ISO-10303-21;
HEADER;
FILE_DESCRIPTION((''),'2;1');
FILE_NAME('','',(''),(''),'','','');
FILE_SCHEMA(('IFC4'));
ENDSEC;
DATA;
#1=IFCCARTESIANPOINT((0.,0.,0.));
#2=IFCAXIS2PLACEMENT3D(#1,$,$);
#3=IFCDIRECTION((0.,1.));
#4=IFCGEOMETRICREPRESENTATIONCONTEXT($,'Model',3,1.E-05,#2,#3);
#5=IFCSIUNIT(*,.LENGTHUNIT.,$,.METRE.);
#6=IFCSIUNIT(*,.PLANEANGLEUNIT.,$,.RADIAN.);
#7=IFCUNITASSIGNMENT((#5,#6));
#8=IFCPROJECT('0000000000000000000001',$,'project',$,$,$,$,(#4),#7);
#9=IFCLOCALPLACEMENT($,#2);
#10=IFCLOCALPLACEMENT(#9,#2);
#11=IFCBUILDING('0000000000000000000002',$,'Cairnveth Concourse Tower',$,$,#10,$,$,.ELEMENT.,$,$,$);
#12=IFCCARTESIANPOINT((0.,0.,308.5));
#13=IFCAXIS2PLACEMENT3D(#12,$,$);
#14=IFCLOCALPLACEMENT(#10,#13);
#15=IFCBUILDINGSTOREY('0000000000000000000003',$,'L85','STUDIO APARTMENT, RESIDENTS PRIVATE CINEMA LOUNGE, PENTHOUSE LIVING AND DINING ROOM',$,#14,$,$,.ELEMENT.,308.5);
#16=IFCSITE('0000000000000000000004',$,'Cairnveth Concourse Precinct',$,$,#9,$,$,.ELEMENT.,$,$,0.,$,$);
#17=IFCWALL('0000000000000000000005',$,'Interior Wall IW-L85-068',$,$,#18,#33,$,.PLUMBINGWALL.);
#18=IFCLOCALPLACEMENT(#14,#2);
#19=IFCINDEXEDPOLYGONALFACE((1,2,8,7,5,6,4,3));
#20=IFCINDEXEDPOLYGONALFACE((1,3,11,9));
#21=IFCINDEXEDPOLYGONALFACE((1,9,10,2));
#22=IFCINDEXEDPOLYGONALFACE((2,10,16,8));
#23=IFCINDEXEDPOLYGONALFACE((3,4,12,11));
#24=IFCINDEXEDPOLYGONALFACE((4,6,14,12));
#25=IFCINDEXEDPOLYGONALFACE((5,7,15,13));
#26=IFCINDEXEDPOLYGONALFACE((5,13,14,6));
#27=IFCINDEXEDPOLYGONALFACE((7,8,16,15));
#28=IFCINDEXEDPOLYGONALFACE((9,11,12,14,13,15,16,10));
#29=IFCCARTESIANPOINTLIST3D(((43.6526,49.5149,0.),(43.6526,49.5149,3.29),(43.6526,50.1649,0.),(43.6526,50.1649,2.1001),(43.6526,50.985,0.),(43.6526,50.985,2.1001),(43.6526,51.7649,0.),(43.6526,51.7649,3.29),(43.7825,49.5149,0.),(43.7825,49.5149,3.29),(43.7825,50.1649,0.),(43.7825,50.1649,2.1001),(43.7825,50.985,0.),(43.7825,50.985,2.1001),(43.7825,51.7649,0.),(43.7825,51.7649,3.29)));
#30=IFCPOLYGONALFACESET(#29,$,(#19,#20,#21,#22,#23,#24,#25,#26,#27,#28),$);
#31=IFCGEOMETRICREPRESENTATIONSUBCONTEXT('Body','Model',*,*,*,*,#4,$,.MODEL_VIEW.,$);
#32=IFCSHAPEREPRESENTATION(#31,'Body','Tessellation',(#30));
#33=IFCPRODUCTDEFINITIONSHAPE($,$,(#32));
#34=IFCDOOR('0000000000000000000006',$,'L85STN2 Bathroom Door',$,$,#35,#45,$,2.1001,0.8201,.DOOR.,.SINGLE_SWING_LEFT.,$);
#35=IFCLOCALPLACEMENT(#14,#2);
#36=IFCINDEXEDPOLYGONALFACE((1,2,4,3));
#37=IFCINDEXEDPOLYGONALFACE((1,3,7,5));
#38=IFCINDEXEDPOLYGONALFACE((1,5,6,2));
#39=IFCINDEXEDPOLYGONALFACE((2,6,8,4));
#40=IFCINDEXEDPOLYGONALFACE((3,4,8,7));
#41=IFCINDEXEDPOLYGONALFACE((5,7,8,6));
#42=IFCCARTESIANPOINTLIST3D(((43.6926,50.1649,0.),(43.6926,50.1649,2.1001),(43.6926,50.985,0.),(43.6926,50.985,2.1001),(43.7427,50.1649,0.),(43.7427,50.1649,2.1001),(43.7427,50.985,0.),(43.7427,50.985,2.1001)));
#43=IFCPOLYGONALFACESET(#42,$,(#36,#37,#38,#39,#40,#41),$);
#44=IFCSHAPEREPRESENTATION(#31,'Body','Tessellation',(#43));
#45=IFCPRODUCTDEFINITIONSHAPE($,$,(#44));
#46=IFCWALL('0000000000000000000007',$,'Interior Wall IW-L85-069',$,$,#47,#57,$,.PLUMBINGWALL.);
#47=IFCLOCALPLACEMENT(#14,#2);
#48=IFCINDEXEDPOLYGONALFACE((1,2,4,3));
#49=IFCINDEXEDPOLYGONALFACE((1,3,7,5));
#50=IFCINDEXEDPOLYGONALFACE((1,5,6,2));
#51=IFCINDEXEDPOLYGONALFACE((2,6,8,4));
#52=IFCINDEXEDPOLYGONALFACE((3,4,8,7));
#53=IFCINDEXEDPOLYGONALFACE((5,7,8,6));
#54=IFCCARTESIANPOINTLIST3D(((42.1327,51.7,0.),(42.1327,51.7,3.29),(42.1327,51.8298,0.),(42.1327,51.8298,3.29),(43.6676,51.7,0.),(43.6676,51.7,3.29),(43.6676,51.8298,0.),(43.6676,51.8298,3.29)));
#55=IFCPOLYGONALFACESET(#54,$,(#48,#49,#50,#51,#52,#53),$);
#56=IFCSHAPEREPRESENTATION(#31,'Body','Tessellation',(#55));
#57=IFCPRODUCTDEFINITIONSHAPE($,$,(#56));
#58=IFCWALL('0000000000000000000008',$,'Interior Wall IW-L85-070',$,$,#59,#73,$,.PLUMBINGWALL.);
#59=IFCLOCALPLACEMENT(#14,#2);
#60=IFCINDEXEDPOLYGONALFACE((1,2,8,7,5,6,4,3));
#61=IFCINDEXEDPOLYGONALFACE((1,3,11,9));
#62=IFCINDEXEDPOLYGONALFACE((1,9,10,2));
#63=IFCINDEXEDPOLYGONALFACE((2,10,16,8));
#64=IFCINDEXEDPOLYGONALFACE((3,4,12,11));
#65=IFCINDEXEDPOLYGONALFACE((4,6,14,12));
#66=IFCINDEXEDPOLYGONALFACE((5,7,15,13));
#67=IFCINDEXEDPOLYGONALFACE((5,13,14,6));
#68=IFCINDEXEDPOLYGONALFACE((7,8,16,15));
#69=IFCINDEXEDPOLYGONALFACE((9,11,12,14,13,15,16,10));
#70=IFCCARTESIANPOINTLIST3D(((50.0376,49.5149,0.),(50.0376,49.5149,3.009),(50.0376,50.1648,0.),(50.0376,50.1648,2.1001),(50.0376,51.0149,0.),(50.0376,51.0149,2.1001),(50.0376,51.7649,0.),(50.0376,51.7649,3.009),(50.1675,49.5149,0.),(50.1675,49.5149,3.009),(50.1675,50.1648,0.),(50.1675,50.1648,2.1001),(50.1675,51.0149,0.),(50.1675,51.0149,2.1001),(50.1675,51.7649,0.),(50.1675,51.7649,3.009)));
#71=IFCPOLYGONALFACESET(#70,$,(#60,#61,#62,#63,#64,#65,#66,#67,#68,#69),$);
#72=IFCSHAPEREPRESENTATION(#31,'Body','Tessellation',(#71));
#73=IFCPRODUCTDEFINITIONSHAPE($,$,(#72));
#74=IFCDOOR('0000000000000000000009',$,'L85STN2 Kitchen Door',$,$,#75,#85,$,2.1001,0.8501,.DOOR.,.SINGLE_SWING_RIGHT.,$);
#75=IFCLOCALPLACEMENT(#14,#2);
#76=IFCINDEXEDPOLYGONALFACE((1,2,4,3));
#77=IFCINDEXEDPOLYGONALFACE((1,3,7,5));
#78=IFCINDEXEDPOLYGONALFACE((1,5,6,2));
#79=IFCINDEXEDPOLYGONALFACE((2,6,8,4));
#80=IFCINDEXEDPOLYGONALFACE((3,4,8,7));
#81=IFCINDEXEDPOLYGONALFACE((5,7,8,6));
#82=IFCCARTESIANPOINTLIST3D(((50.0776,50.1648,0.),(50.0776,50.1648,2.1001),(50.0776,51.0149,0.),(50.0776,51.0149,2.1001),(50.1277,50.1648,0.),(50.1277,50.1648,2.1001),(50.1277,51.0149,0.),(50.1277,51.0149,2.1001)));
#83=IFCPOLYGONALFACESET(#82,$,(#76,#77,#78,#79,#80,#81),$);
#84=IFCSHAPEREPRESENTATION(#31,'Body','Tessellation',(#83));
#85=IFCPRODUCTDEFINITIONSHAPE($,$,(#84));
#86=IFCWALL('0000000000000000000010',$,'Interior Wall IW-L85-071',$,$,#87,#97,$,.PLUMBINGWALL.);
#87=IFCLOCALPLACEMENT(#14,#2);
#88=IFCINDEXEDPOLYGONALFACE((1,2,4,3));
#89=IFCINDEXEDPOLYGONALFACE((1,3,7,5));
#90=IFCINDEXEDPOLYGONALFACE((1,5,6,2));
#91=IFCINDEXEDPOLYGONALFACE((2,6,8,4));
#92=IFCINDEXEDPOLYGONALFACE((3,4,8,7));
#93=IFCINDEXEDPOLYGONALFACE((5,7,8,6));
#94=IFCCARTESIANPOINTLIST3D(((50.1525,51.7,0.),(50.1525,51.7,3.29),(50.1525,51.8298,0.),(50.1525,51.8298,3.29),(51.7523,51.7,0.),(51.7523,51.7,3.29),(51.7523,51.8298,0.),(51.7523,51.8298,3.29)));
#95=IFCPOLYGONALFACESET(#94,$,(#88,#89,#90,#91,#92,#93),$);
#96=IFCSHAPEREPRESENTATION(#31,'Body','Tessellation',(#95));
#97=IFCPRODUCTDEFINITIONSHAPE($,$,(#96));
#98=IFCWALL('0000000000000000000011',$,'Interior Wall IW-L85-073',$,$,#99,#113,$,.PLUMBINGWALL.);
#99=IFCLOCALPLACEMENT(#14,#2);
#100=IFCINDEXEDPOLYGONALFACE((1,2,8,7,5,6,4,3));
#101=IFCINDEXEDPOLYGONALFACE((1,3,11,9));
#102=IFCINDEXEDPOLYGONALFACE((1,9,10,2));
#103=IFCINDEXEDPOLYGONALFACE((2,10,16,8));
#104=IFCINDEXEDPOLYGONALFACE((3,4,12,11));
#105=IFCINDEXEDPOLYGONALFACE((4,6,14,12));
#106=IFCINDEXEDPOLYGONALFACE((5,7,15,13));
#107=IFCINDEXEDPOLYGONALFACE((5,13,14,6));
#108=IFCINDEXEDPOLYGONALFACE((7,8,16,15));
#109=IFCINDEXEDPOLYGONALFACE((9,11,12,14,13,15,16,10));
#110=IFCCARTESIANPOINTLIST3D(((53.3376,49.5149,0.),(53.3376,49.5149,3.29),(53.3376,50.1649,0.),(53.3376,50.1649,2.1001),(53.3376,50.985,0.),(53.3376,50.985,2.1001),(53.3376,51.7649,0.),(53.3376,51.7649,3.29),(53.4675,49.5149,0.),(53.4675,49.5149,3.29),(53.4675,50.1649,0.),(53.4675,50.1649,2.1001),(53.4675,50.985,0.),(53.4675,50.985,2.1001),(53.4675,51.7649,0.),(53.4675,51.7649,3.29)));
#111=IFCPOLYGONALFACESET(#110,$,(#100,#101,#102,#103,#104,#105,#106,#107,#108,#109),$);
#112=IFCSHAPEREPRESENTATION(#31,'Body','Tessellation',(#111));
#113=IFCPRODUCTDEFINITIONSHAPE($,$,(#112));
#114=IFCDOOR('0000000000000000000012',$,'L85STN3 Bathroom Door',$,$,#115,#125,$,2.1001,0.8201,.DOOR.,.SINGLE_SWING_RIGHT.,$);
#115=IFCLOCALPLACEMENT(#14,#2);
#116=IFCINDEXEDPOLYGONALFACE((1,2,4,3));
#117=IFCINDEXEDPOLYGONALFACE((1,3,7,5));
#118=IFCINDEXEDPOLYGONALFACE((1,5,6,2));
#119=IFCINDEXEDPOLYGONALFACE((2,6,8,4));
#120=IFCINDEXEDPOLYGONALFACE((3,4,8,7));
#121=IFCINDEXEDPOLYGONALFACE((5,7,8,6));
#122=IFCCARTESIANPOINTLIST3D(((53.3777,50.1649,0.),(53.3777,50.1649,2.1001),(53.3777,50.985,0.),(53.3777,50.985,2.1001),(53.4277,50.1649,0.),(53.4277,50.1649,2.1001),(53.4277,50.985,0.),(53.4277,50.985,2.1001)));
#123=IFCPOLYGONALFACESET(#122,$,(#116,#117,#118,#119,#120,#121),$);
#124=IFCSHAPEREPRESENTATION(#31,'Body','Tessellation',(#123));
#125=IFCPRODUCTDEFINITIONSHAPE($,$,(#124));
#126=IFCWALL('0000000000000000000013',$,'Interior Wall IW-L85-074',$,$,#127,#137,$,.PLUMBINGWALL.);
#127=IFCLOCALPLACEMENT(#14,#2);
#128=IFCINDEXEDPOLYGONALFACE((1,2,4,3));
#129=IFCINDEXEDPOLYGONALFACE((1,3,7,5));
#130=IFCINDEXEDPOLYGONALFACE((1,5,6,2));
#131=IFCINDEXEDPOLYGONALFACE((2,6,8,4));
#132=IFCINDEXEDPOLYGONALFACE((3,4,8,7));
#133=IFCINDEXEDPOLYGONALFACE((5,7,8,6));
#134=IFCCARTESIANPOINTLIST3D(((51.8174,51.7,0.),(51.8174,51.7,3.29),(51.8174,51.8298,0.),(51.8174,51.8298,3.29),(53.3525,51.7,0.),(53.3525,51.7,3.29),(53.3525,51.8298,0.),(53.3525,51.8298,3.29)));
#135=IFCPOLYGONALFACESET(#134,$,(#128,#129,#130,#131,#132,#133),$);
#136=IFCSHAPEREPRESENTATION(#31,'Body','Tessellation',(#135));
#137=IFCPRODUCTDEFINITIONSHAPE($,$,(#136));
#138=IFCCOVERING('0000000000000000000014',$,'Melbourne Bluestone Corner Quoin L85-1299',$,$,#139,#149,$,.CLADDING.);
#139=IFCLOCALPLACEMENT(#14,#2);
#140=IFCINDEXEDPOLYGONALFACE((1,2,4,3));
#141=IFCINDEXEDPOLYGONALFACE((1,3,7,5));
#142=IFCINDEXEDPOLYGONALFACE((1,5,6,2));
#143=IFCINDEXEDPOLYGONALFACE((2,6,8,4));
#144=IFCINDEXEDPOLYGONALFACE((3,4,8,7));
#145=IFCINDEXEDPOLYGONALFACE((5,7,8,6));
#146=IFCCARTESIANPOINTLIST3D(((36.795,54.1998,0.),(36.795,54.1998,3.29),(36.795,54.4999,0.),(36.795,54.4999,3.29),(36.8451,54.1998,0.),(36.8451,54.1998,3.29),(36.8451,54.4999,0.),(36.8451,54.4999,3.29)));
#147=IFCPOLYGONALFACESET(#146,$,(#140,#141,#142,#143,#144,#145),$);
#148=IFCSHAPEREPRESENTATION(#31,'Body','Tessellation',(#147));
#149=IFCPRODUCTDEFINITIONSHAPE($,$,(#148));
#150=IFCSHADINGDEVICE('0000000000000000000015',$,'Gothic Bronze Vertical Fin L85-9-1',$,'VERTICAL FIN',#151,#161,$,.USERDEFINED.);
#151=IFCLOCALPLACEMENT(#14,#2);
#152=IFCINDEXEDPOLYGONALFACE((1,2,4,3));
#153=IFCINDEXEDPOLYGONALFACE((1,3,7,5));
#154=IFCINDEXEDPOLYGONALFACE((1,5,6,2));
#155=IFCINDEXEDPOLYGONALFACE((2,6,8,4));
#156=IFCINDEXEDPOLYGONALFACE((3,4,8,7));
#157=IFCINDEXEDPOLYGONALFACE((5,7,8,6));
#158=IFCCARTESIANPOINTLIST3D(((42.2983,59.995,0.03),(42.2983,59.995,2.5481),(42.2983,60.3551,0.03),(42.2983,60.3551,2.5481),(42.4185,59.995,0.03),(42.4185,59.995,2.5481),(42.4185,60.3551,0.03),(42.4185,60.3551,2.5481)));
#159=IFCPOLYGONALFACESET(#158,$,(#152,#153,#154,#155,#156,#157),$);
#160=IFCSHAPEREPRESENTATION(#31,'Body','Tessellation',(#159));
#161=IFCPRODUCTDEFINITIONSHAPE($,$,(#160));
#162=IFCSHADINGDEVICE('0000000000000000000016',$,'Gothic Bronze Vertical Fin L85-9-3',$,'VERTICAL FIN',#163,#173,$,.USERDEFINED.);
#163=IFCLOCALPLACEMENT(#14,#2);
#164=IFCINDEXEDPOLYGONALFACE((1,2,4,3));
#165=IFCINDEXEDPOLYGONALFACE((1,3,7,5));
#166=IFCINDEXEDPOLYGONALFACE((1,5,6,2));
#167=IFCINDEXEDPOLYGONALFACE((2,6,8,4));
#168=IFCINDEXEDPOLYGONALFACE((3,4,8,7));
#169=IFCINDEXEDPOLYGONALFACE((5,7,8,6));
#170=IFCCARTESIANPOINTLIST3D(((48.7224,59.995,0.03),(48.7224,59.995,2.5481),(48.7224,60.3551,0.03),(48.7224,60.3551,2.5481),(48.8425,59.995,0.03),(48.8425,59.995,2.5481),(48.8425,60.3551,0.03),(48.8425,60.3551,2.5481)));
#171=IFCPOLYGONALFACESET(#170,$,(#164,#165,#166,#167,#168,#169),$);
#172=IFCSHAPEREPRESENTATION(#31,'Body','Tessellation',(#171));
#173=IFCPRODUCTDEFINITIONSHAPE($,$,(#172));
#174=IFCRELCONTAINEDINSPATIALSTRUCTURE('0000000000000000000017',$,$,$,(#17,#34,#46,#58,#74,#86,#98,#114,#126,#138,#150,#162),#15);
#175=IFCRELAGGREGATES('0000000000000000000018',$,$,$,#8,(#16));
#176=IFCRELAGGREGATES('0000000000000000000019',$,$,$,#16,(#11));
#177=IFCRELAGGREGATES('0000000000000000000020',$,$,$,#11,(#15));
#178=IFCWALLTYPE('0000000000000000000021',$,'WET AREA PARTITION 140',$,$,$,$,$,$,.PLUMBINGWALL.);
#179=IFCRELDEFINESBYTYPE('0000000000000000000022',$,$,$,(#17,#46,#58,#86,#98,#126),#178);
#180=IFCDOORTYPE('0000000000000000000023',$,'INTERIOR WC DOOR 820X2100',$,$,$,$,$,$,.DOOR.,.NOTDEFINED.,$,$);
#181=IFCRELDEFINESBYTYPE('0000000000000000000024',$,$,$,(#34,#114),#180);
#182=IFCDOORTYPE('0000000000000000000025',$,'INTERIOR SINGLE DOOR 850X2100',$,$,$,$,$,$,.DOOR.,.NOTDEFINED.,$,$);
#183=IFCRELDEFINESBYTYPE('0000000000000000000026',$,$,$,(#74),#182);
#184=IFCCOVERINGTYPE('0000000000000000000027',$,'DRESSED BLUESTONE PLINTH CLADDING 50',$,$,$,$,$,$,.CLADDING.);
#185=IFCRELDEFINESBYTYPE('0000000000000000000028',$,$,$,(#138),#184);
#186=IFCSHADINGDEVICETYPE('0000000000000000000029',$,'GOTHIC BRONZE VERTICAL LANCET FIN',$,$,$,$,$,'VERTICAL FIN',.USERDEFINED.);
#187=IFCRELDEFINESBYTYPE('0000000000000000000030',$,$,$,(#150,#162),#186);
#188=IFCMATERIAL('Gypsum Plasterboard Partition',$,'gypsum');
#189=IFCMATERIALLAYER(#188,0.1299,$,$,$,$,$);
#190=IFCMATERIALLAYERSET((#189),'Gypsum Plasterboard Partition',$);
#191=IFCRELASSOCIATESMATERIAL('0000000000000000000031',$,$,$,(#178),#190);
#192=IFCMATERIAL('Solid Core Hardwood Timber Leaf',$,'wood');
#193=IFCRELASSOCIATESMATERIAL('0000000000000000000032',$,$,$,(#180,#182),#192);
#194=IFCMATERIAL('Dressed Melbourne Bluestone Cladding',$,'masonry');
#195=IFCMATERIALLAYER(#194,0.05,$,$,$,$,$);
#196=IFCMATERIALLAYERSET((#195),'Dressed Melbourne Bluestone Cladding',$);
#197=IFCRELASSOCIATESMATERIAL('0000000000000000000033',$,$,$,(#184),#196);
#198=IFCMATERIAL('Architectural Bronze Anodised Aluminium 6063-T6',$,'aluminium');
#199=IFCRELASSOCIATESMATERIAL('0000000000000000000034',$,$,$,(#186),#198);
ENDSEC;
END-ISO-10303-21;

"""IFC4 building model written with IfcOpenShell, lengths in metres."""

from ifc_helpers import new_model, si_unit, direction, frame, frame_2d, origin, origin_2d, place, context, subcontext, project, spatial, rectangle, extrude, material, layer, layer_set, type_object, element, fill, save


model = new_model("IFC4")

# Units and contexts
model_context = context("Model", 3, precision=1e-05, world=origin(), true_north=direction((0.0, 1.0)))
body_context = subcontext(model_context, "Body", "Model", "MODEL_VIEW")
ifc_project = project(units=[si_unit("LENGTHUNIT", "METRE"), si_unit("PLANEANGLEUNIT", "RADIAN")], contexts=[model_context])

# Site, building, storey
site_placement = place(None, origin())
site = spatial("IfcSite", under=ifc_project, at=site_placement, Name="Cairnveth Concourse Precinct", CompositionType="ELEMENT", RefElevation=0.0)
building_placement = place(site_placement, origin())
building = spatial("IfcBuilding", under=site, at=building_placement, Name="Cairnveth Concourse Tower", CompositionType="ELEMENT")
storey_placement = place(building_placement, frame((0.0, 0.0, 308.5)))
storey = spatial("IfcBuildingStorey", under=building, at=storey_placement, Name="L85", Description="STUDIO APARTMENT, RESIDENTS PRIVATE CINEMA LOUNGE, PENTHOUSE LIVING AND DINING ROOM", CompositionType="ELEMENT", Elevation=308.5)

# Shared definitions
ifc_material_1 = material(Name="Gypsum Plasterboard Partition", Category="gypsum")
ifc_layer_1 = layer(ifc_material_1, 0.1299)
ifc_layer_set_1 = layer_set([ifc_layer_1], Name="Gypsum Plasterboard Partition")
wall_type_1 = type_object("IfcWallType", Name="WET AREA PARTITION 140", PredefinedType="PLUMBINGWALL", material=ifc_layer_set_1)

# Wall, opening, door
wall_1_placement = place(storey_placement, frame((43.7175, 49.5149, 0.0), z_axis=(0.0, 0.0, 1.0), x_axis=(0.0, 1.0, 0.0)))
wall_1 = element("IfcWall", 1, at=wall_1_placement, inside=storey, type_object=wall_type_1, Name="Interior Wall IW-L85-068", PredefinedType="PLUMBINGWALL", context=body_context, shape_type="SweptSolid", body=[
    extrude(rectangle(XDim=2.25, YDim=0.1299, at=frame_2d((1.125, 0.0))), origin(), (0.0, 0.0, 1.0), 3.29),
])
opening_1_placement = place(wall_1_placement, frame((0.6499, 0.0, 0.0)))
opening_1 = element("IfcOpeningElement", 2, at=opening_1_placement, cuts=wall_1, PredefinedType="OPENING", context=body_context, shape_type="SweptSolid", body=[
    extrude(rectangle(XDim=0.8201, YDim=2.1001, at=frame_2d((0.4102, 1.05))), frame((0.0, 0.075, 0.0), z_axis=(0.0, -1.0, 0.0), x_axis=(1.0, 0.0, 0.0)), (0.0, 0.0, 1.0), 0.1499),
])
ifc_material_2 = material(Name="Solid Core Hardwood Timber Leaf", Category="wood")
door_type_1 = type_object("IfcDoorType", Name="INTERIOR WC DOOR 820X2100", OperationType="NOTDEFINED", PredefinedType="DOOR", material=ifc_material_2)
door_1_placement = place(opening_1_placement, origin())
door_1 = element("IfcDoor", 3, at=door_1_placement, inside=storey, type_object=door_type_1, Name="L85STN2 Bathroom Door", OperationType="SINGLE_SWING_LEFT", OverallHeight=2.1001, OverallWidth=0.8201, PredefinedType="DOOR", context=body_context, shape_type="SweptSolid", body=[
    extrude(rectangle(XDim=0.8201, YDim=2.1001, at=frame_2d((0.4102, 1.05))), frame((0.0, 0.0249, 0.0), z_axis=(0.0, -1.0, 0.0), x_axis=(1.0, 0.0, 0.0)), (0.0, 0.0, 1.0), 0.05),
])
fill(opening_1, door_1)

# Wall
wall_2_placement = place(storey_placement, frame((42.1326, 51.7649, 0.0), z_axis=(0.0, 0.0, 1.0), x_axis=(1.0, 0.0, 0.0)))
element("IfcWall", 4, at=wall_2_placement, inside=storey, type_object=wall_type_1, Name="Interior Wall IW-L85-069", PredefinedType="PLUMBINGWALL", context=body_context, shape_type="SweptSolid", body=[
    extrude(rectangle(XDim=1.5349, YDim=0.1299, at=frame_2d((0.7676, 0.0))), origin(), (0.0, 0.0, 1.0), 3.29),
])

# Wall, opening, door
wall_3_placement = place(storey_placement, frame((50.1025, 49.5149, 0.0), z_axis=(0.0, 0.0, 1.0), x_axis=(0.0, 1.0, 0.0)))
wall_3 = element("IfcWall", 5, at=wall_3_placement, inside=storey, type_object=wall_type_1, Name="Interior Wall IW-L85-070", PredefinedType="PLUMBINGWALL", context=body_context, shape_type="SweptSolid", body=[
    extrude(rectangle(XDim=2.25, YDim=0.1299, at=frame_2d((1.125, 0.0))), origin(), (0.0, 0.0, 1.0), 3.009),
])
opening_2_placement = place(wall_3_placement, frame((0.6499, 0.0, 0.0)))
opening_2 = element("IfcOpeningElement", 6, at=opening_2_placement, cuts=wall_3, PredefinedType="OPENING", context=body_context, shape_type="SweptSolid", body=[
    extrude(rectangle(XDim=0.8501, YDim=2.1001, at=frame_2d((0.425, 1.05))), frame((0.0, 0.075, 0.0), z_axis=(0.0, -1.0, 0.0), x_axis=(1.0, 0.0, 0.0)), (0.0, 0.0, 1.0), 0.1499),
])
door_type_2 = type_object("IfcDoorType", Name="INTERIOR SINGLE DOOR 850X2100", OperationType="NOTDEFINED", PredefinedType="DOOR", material=ifc_material_2)
door_2_placement = place(opening_2_placement, origin())
door_2 = element("IfcDoor", 7, at=door_2_placement, inside=storey, type_object=door_type_2, Name="L85STN2 Kitchen Door", OperationType="SINGLE_SWING_RIGHT", OverallHeight=2.1001, OverallWidth=0.8501, PredefinedType="DOOR", context=body_context, shape_type="SweptSolid", body=[
    extrude(rectangle(XDim=0.8501, YDim=2.1001, at=frame_2d((0.425, 1.05))), frame((0.0, 0.0249, 0.0), z_axis=(0.0, -1.0, 0.0), x_axis=(1.0, 0.0, 0.0)), (0.0, 0.0, 1.0), 0.05),
])
fill(opening_2, door_2)

# Wall
wall_4_placement = place(storey_placement, frame((50.1526, 51.7649, 0.0), z_axis=(0.0, 0.0, 1.0), x_axis=(1.0, 0.0, 0.0)))
element("IfcWall", 8, at=wall_4_placement, inside=storey, type_object=wall_type_1, Name="Interior Wall IW-L85-071", PredefinedType="PLUMBINGWALL", context=body_context, shape_type="SweptSolid", body=[
    extrude(rectangle(XDim=1.5999, YDim=0.1299, at=frame_2d((0.7998, 0.0))), origin(), (0.0, 0.0, 1.0), 3.29),
])

# Wall, opening, door
wall_5_placement = place(storey_placement, frame((53.4026, 49.5149, 0.0), z_axis=(0.0, 0.0, 1.0), x_axis=(0.0, 1.0, 0.0)))
wall_5 = element("IfcWall", 9, at=wall_5_placement, inside=storey, type_object=wall_type_1, Name="Interior Wall IW-L85-073", PredefinedType="PLUMBINGWALL", context=body_context, shape_type="SweptSolid", body=[
    extrude(rectangle(XDim=2.25, YDim=0.1299, at=frame_2d((1.125, 0.0))), origin(), (0.0, 0.0, 1.0), 3.29),
])
opening_3_placement = place(wall_5_placement, frame((0.6499, 0.0, 0.0)))
opening_3 = element("IfcOpeningElement", 10, at=opening_3_placement, cuts=wall_5, PredefinedType="OPENING", context=body_context, shape_type="SweptSolid", body=[
    extrude(rectangle(XDim=0.8201, YDim=2.1001, at=frame_2d((0.4102, 1.05))), frame((0.0, 0.075, 0.0), z_axis=(0.0, -1.0, 0.0), x_axis=(1.0, 0.0, 0.0)), (0.0, 0.0, 1.0), 0.1499),
])
door_3_placement = place(opening_3_placement, origin())
door_3 = element("IfcDoor", 11, at=door_3_placement, inside=storey, type_object=door_type_1, Name="L85STN3 Bathroom Door", OperationType="SINGLE_SWING_RIGHT", OverallHeight=2.1001, OverallWidth=0.8201, PredefinedType="DOOR", context=body_context, shape_type="SweptSolid", body=[
    extrude(rectangle(XDim=0.8201, YDim=2.1001, at=frame_2d((0.4102, 1.05))), frame((0.0, 0.0249, 0.0), z_axis=(0.0, -1.0, 0.0), x_axis=(1.0, 0.0, 0.0)), (0.0, 0.0, 1.0), 0.05),
])
fill(opening_3, door_3)

# Wall
wall_6_placement = place(storey_placement, frame((51.8174, 51.7649, 0.0), z_axis=(0.0, 0.0, 1.0), x_axis=(1.0, 0.0, 0.0)))
element("IfcWall", 12, at=wall_6_placement, inside=storey, type_object=wall_type_1, Name="Interior Wall IW-L85-074", PredefinedType="PLUMBINGWALL", context=body_context, shape_type="SweptSolid", body=[
    extrude(rectangle(XDim=1.5352, YDim=0.1299, at=frame_2d((0.7676, 0.0))), origin(), (0.0, 0.0, 1.0), 3.29),
])

# Covering
ifc_material_3 = material(Name="Dressed Melbourne Bluestone Cladding", Category="masonry")
ifc_layer_2 = layer(ifc_material_3, 0.05)
ifc_layer_set_2 = layer_set([ifc_layer_2], Name="Dressed Melbourne Bluestone Cladding")
covering_type = type_object("IfcCoveringType", Name="DRESSED BLUESTONE PLINTH CLADDING 50", PredefinedType="CLADDING", material=ifc_layer_set_2)
covering_placement = place(storey_placement, frame((36.8201, 54.2, 0.0), z_axis=(0.0, 0.0, 1.0), x_axis=(0.0, 1.0, 0.0)))
element("IfcCovering", 13, at=covering_placement, inside=storey, type_object=covering_type, Name="Melbourne Bluestone Corner Quoin L85-1299", PredefinedType="CLADDING", context=body_context, shape_type="SweptSolid", body=[
    extrude(rectangle(XDim=0.3, YDim=0.05, at=frame_2d((0.1499, 0.0))), origin(), (0.0, 0.0, 1.0), 3.29),
])

# Shading devices
ifc_material_4 = material(Name="Architectural Bronze Anodised Aluminium 6063-T6", Category="aluminium")
shading_device_type = type_object("IfcShadingDeviceType", Name="GOTHIC BRONZE VERTICAL LANCET FIN", ElementType="VERTICAL FIN", PredefinedType="USERDEFINED", material=ifc_material_4)
for number, where, z_axis, x_axis, name in (
    (14, (42.3584, 60.175, 0.03), (0.0, 0.0, 1.0), (1.0, 0.0, 0.0), "Gothic Bronze Vertical Fin L85-9-1"),
    (15, (48.7825, 60.175, 0.03), (0.0, 0.0, 1.0), (1.0, 0.0, 0.0), "Gothic Bronze Vertical Fin L85-9-3"),
):
    element("IfcShadingDevice", number, at=place(storey_placement, frame(where, z_axis=z_axis, x_axis=x_axis)), inside=storey, type_object=shading_device_type, Name=name, ObjectType="VERTICAL FIN", PredefinedType="USERDEFINED", context=body_context, shape_type="SweptSolid", body=[
        extrude(rectangle(XDim=0.1201, YDim=0.3601, at=origin_2d()), origin(), (0.0, 0.0, 1.0), 2.5181),
    ])

save(model, "model.ifc")
